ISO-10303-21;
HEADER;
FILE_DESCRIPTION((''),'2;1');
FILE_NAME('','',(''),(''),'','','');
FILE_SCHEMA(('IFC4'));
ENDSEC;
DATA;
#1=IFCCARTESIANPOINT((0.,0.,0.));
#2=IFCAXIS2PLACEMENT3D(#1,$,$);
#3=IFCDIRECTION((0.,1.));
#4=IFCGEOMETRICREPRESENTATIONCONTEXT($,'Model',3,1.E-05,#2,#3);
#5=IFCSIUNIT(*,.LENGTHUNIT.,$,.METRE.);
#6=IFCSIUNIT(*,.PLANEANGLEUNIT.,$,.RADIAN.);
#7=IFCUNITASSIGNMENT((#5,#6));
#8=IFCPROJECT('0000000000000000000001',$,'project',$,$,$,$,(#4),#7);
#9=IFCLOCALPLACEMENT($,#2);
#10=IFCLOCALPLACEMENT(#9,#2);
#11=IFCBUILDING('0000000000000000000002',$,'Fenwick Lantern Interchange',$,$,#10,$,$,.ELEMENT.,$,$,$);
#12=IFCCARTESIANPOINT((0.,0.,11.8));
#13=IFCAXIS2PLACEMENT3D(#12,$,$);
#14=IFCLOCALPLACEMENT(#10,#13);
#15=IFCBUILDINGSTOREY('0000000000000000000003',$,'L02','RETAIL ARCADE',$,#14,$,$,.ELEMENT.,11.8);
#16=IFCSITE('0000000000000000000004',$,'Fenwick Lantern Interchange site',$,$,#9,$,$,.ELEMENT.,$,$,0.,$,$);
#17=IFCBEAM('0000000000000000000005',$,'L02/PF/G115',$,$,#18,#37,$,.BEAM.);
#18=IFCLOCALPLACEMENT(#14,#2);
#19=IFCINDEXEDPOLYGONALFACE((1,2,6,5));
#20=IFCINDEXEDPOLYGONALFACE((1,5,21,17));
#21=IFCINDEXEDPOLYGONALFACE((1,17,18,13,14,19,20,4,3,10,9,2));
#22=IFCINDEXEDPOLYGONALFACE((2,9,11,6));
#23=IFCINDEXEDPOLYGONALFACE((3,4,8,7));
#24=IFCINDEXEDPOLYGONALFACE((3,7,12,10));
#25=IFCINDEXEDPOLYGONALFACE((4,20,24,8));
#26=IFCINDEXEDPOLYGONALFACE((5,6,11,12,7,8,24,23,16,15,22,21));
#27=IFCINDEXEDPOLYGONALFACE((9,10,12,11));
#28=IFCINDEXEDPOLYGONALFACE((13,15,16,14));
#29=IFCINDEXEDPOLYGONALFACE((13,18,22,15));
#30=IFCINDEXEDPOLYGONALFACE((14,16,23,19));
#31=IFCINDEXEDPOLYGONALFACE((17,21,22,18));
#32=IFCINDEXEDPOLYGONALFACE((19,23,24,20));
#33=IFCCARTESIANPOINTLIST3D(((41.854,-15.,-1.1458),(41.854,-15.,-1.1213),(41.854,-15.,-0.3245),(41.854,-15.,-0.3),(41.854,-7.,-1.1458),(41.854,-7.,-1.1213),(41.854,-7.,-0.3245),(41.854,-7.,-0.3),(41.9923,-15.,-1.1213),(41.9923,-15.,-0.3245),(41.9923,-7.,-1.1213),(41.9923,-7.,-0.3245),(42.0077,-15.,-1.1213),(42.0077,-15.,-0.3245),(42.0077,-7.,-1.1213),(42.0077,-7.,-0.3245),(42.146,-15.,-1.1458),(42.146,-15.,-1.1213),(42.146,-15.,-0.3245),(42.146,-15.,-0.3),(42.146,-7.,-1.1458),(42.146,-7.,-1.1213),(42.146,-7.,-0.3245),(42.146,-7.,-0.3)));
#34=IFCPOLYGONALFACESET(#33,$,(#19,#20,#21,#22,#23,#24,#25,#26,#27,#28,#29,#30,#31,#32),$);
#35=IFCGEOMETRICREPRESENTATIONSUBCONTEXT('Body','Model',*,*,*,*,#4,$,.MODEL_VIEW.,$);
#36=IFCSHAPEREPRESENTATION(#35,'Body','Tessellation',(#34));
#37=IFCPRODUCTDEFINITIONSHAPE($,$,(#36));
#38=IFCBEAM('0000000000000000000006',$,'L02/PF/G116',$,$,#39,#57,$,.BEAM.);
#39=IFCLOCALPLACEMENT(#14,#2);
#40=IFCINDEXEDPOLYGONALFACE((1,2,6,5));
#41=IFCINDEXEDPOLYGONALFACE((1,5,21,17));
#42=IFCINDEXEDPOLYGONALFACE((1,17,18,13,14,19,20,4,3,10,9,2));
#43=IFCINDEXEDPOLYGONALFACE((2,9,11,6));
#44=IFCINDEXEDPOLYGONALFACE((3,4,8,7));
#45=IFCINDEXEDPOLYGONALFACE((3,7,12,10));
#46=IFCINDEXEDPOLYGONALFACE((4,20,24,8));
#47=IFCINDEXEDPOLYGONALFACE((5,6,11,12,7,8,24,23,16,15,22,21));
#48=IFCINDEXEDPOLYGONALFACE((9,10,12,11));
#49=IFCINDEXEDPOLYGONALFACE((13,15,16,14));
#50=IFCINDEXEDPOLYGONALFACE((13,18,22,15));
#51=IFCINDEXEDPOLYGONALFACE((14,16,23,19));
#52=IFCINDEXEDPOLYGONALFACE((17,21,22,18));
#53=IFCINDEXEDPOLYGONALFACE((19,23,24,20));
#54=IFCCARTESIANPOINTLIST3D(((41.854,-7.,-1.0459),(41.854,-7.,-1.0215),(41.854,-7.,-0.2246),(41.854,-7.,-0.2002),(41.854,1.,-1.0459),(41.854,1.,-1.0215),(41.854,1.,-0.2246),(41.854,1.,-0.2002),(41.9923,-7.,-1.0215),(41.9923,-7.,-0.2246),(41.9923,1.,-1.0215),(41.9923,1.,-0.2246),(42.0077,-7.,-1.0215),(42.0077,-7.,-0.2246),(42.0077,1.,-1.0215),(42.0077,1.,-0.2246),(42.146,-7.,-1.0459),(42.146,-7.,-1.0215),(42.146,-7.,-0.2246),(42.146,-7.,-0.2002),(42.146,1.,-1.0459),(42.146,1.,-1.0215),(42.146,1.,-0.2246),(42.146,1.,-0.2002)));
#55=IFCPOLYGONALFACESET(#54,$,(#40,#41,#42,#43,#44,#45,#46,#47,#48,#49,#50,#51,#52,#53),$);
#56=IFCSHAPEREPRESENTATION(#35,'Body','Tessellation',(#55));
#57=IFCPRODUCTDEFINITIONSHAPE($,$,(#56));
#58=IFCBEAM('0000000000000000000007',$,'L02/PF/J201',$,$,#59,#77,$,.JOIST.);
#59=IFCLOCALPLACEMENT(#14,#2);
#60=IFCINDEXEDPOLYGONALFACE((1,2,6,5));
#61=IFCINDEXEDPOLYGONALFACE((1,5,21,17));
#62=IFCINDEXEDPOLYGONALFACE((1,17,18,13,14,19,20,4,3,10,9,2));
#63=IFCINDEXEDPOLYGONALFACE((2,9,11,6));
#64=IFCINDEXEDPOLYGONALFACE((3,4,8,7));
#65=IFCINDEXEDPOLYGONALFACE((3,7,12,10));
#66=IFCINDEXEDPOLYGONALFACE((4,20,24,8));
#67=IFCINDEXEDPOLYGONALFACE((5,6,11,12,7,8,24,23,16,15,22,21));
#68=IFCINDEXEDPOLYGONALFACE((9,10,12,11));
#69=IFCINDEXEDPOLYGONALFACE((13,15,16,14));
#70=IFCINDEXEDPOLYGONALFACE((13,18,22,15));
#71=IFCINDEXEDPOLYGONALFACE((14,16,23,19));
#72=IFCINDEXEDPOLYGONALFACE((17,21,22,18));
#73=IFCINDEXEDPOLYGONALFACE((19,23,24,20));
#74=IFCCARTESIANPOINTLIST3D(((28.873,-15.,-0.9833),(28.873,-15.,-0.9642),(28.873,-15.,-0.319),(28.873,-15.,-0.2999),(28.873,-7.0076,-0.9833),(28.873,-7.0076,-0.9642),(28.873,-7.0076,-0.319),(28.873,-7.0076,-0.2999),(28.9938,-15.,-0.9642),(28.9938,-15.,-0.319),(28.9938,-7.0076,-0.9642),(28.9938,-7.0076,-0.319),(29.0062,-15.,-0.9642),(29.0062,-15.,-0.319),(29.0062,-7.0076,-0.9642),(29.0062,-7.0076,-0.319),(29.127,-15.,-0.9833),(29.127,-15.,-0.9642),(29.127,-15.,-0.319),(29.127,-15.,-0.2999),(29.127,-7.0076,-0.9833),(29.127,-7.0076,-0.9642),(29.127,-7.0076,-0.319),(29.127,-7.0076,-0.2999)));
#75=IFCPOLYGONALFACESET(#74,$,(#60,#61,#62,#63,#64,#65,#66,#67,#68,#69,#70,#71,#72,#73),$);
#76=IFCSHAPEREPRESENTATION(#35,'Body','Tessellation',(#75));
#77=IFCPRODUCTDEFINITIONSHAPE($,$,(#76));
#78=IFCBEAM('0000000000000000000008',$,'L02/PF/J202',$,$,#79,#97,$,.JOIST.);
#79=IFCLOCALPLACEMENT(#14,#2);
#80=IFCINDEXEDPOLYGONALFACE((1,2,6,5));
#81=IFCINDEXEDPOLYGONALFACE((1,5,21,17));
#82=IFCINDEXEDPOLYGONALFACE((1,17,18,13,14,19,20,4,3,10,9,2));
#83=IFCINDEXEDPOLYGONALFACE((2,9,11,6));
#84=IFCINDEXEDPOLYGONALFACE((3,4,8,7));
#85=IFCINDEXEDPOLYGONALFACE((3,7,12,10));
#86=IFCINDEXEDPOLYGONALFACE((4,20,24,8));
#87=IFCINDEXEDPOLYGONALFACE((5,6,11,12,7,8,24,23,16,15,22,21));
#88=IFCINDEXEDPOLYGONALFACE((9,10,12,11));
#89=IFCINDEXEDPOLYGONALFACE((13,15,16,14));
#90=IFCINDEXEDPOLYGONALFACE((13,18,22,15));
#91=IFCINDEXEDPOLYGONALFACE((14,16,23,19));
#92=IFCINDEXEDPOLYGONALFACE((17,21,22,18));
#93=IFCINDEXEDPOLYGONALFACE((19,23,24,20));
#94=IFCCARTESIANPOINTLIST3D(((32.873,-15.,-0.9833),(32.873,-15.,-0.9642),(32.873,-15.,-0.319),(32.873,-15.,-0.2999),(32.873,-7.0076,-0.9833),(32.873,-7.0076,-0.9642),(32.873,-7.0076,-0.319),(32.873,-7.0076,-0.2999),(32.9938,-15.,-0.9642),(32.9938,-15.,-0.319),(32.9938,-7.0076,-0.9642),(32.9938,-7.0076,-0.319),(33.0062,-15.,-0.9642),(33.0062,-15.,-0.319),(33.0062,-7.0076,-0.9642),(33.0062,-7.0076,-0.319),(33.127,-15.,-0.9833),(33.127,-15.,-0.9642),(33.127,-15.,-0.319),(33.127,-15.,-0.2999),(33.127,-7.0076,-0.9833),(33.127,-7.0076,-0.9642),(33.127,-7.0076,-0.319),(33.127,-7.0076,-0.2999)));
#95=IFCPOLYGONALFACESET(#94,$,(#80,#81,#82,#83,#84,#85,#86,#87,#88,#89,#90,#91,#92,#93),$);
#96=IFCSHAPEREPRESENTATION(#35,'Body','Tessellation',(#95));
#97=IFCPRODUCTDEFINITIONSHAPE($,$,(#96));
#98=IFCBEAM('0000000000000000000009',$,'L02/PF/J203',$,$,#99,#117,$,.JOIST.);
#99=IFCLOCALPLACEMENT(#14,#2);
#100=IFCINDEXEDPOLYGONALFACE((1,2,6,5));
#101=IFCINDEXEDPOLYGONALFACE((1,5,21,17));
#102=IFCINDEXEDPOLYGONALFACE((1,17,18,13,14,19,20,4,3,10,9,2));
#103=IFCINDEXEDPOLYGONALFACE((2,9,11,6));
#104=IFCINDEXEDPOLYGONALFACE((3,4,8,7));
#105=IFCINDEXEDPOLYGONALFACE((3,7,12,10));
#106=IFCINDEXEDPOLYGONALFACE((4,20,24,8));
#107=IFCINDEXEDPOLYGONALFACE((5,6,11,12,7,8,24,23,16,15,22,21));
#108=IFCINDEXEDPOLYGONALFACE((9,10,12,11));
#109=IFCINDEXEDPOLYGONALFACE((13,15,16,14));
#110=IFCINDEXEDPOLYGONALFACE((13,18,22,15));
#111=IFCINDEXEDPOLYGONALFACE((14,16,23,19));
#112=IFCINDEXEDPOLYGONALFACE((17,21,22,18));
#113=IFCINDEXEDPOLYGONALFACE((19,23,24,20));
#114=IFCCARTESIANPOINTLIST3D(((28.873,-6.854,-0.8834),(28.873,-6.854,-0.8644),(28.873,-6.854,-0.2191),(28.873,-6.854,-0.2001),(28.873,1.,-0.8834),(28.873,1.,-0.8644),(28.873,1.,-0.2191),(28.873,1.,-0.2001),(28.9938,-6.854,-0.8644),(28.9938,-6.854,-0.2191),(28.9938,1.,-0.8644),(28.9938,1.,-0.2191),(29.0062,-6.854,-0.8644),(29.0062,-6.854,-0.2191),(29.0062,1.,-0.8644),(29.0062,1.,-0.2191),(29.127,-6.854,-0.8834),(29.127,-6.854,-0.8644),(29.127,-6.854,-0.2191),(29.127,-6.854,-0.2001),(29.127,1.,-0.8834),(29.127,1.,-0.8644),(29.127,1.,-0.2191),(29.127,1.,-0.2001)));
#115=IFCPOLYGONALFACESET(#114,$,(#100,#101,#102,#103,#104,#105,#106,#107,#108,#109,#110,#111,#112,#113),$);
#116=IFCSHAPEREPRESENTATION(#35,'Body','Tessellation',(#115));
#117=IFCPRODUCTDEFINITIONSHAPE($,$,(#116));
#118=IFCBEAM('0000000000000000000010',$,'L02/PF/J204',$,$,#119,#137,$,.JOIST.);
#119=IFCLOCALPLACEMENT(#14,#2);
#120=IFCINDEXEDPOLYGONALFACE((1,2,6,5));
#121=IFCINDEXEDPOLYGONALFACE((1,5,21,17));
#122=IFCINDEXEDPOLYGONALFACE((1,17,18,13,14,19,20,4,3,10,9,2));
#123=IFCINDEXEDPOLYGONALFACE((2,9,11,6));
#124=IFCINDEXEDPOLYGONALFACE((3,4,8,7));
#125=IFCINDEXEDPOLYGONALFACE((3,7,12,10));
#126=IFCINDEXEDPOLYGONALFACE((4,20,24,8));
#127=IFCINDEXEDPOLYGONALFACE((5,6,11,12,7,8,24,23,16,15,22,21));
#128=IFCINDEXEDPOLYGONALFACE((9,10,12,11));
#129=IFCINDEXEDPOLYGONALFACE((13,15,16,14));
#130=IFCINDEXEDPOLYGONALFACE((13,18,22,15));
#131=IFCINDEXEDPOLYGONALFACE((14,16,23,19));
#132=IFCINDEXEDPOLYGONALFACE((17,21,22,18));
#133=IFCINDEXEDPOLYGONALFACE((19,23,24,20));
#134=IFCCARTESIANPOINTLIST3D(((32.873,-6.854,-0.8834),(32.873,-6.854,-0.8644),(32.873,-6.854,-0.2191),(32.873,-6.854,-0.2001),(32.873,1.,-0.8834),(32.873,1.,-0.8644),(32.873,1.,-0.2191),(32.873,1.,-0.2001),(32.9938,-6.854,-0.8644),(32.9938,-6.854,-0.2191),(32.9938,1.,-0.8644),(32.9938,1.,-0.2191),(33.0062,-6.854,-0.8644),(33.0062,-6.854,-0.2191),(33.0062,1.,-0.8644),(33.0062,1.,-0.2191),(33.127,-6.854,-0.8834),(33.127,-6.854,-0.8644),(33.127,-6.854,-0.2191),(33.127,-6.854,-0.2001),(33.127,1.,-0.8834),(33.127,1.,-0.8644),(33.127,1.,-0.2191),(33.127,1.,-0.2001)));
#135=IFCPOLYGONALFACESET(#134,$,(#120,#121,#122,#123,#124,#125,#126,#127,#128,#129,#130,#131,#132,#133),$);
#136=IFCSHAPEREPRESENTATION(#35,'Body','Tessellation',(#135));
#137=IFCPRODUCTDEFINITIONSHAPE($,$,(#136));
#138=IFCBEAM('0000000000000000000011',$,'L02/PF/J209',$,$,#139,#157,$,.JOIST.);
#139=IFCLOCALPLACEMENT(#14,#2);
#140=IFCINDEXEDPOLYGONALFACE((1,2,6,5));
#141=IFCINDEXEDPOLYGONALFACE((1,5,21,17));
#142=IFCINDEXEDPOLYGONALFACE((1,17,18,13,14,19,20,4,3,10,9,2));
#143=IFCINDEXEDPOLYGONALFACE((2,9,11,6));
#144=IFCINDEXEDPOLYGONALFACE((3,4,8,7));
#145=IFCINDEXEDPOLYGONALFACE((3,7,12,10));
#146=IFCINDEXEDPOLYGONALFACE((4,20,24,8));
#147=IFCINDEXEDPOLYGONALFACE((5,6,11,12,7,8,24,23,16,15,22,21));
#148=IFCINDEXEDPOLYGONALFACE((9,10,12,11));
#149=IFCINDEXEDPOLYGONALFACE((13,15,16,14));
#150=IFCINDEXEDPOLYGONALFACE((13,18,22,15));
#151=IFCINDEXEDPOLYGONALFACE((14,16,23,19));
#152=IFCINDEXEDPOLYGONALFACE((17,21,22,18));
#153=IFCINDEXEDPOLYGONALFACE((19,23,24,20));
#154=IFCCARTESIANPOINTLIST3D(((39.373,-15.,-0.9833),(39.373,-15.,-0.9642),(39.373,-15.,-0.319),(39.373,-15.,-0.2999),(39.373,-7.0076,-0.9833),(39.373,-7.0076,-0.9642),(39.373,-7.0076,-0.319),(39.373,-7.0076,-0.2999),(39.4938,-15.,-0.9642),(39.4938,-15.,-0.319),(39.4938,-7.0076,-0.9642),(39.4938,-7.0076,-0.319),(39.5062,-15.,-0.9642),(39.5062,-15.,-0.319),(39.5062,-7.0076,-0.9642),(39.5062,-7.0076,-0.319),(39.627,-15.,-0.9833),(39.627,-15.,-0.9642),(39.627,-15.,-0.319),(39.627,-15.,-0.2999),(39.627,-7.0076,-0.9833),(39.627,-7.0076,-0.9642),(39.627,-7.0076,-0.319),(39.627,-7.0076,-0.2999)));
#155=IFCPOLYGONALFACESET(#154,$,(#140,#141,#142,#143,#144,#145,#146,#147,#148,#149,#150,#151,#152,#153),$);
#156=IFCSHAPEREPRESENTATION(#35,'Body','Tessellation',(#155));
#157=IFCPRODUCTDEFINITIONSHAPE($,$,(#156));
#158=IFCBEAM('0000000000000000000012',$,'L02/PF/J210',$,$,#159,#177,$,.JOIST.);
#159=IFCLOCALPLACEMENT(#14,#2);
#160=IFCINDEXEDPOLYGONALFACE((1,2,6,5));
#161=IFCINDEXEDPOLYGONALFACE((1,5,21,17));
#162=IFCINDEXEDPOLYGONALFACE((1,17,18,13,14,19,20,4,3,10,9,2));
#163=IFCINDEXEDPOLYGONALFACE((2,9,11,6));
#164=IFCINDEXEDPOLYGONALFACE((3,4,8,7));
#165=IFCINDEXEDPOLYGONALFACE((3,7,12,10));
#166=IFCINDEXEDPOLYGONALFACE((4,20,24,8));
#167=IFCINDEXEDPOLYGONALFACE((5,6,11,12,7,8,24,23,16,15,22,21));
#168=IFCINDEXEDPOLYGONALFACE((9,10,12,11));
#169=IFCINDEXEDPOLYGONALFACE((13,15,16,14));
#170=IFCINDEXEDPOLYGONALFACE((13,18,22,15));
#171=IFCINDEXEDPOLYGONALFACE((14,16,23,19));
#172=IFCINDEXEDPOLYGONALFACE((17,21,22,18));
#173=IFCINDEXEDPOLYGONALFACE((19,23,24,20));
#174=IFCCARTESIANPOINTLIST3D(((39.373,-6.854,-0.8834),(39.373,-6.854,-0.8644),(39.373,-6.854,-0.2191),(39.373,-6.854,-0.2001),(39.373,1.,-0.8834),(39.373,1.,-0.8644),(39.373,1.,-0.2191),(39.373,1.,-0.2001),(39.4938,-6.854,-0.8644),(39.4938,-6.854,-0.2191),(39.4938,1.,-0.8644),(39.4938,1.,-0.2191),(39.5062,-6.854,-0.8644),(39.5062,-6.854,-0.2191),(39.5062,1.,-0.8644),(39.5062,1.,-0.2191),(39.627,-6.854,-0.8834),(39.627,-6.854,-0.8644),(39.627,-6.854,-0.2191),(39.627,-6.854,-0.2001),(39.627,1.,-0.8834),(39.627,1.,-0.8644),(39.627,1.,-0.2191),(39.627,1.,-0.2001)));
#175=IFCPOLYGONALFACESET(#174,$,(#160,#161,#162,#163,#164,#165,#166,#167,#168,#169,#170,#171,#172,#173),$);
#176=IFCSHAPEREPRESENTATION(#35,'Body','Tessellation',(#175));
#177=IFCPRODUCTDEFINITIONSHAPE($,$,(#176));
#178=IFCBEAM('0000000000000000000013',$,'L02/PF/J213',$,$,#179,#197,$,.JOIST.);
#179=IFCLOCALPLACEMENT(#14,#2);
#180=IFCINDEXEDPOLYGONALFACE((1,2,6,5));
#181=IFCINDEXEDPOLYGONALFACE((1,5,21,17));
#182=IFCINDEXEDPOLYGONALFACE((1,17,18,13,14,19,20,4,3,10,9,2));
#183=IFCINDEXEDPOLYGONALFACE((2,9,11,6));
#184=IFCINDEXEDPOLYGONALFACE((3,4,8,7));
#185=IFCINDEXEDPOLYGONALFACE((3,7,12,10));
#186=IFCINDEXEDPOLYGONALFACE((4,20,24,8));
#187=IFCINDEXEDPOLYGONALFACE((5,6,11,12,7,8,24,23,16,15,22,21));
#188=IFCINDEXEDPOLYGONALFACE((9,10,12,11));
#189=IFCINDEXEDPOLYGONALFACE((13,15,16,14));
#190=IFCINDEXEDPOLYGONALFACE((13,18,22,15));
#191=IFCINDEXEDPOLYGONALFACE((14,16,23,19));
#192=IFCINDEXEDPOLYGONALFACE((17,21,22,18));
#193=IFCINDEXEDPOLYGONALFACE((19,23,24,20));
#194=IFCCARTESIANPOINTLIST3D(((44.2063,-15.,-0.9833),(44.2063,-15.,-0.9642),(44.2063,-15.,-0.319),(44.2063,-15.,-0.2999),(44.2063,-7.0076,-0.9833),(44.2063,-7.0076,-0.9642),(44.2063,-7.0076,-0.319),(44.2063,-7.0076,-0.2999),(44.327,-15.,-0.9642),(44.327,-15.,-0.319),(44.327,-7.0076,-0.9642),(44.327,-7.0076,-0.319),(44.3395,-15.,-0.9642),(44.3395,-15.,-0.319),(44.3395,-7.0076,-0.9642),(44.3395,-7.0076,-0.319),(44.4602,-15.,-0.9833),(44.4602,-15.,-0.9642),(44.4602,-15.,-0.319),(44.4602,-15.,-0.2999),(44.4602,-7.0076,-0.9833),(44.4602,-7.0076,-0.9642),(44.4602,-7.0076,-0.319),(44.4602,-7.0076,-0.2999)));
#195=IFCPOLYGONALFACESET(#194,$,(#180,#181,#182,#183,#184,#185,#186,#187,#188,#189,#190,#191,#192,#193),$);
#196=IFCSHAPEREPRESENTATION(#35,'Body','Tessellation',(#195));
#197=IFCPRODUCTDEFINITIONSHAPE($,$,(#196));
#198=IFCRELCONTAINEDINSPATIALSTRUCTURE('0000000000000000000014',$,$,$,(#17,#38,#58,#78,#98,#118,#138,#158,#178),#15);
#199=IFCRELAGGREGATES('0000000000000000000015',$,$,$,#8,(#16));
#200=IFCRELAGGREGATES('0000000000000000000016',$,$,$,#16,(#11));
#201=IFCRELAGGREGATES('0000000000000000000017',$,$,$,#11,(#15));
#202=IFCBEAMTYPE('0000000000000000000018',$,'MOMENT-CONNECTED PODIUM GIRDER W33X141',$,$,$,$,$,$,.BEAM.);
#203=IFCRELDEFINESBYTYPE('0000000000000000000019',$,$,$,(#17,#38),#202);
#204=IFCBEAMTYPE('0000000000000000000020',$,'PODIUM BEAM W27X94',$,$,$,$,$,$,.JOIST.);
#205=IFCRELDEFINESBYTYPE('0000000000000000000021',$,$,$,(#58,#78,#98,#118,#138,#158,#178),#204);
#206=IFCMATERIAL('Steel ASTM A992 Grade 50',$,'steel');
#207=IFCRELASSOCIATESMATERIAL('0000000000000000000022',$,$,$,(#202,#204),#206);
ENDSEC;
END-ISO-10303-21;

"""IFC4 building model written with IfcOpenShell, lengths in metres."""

from ifc_helpers import new_model, si_unit, direction, frame, origin, origin_2d, place, context, subcontext, project, spatial, i_section, extrude, material, material_profile, profile_set, type_object, element, save


model = new_model("IFC4")

# Units and contexts
model_context = context("Model", 3, precision=1e-05, world=origin(), true_north=direction((0.0, 1.0)))
body_context = subcontext(model_context, "Body", "Model", "MODEL_VIEW")
ifc_project = project(units=[si_unit("LENGTHUNIT", "METRE"), si_unit("PLANEANGLEUNIT", "RADIAN")], contexts=[model_context])

# Site, building, storey
site_placement = place(None, origin())
site = spatial("IfcSite", under=ifc_project, at=site_placement, Name="Fenwick Lantern Interchange site", CompositionType="ELEMENT", RefElevation=0.0)
building_placement = place(site_placement, origin())
building = spatial("IfcBuilding", under=site, at=building_placement, Name="Fenwick Lantern Interchange", CompositionType="ELEMENT")
storey_placement = place(building_placement, frame((0.0, 0.0, 11.8)))
storey = spatial("IfcBuildingStorey", under=building, at=storey_placement, Name="L02", Description="RETAIL ARCADE", CompositionType="ELEMENT", Elevation=11.8)

# Shared definitions
ifc_material_1 = material(Name="Steel ASTM A992 Grade 50", Category="steel")

# Beams
ifc_material_profile_1 = material_profile(ifc_material_1, i_section(OverallWidth=0.292, OverallDepth=0.8457, WebThickness=0.0154, FlangeThickness=0.0244, at=origin_2d()), Name="W33X141")
ifc_profile_set_1 = profile_set([ifc_material_profile_1], Name="Steel ASTM A992 Grade 50")
beam_type_1 = type_object("IfcBeamType", Name="MOMENT-CONNECTED PODIUM GIRDER W33X141", PredefinedType="BEAM", material=ifc_profile_set_1)
for number, where, z_axis, x_axis, name in (
    (1, (42.0, -15.0, -0.7229), (0.0, 1.0, 0.0), (-1.0, 0.0, 0.0), "L02/PF/G115"),
    (2, (42.0, -7.0, -0.623), (0.0, 1.0, 0.0), (-1.0, 0.0, 0.0), "L02/PF/G116"),
):
    element("IfcBeam", number, at=place(storey_placement, frame(where, z_axis=z_axis, x_axis=x_axis)), inside=storey, type_object=beam_type_1, Name=name, PredefinedType="BEAM", context=body_context, shape_type="SweptSolid", body=[
        extrude(i_section(OverallWidth=0.292, OverallDepth=0.8457, WebThickness=0.0154, FlangeThickness=0.0244, at=origin_2d()), origin(), (0.0, 0.0, 1.0), 8.0),
    ])
ifc_material_profile_2 = material_profile(ifc_material_1, i_section(OverallWidth=0.2539, OverallDepth=0.6833, WebThickness=0.0125, FlangeThickness=0.019, at=origin_2d()), Name="W27X94")
ifc_profile_set_2 = profile_set([ifc_material_profile_2], Name="Steel ASTM A992 Grade 50")
beam_type_2 = type_object("IfcBeamType", Name="PODIUM BEAM W27X94", PredefinedType="JOIST", material=ifc_profile_set_2)
for number, where, z_axis, x_axis, name in (
    (3, (29.0, -15.0, -0.6416), (0.0, 1.0, 0.0), (-1.0, 0.0, 0.0), "L02/PF/J201"),
    (4, (33.0, -15.0, -0.6416), (0.0, 1.0, 0.0), (-1.0, 0.0, 0.0), "L02/PF/J202"),
):
    element("IfcBeam", number, at=place(storey_placement, frame(where, z_axis=z_axis, x_axis=x_axis)), inside=storey, type_object=beam_type_2, Name=name, PredefinedType="JOIST", context=body_context, shape_type="SweptSolid", body=[
        extrude(i_section(OverallWidth=0.2539, OverallDepth=0.6833, WebThickness=0.0125, FlangeThickness=0.019, at=origin_2d()), origin(), (0.0, 0.0, 1.0), 7.9924),
    ])
for number, where, z_axis, x_axis, name in (
    (5, (29.0, -6.854, -0.5417), (0.0, 1.0, 0.0), (-1.0, 0.0, 0.0), "L02/PF/J203"),
    (6, (33.0, -6.854, -0.5417), (0.0, 1.0, 0.0), (-1.0, 0.0, 0.0), "L02/PF/J204"),
):
    element("IfcBeam", number, at=place(storey_placement, frame(where, z_axis=z_axis, x_axis=x_axis)), inside=storey, type_object=beam_type_2, Name=name, PredefinedType="JOIST", context=body_context, shape_type="SweptSolid", body=[
        extrude(i_section(OverallWidth=0.2539, OverallDepth=0.6833, WebThickness=0.0125, FlangeThickness=0.019, at=origin_2d()), origin(), (0.0, 0.0, 1.0), 7.854),
    ])
beam_1_placement = place(storey_placement, frame((39.5, -15.0, -0.6416), z_axis=(0.0, 1.0, 0.0), x_axis=(-1.0, 0.0, 0.0)))
element("IfcBeam", 7, at=beam_1_placement, inside=storey, type_object=beam_type_2, Name="L02/PF/J209", PredefinedType="JOIST", context=body_context, shape_type="SweptSolid", body=[
    extrude(i_section(OverallWidth=0.2539, OverallDepth=0.6833, WebThickness=0.0125, FlangeThickness=0.019, at=origin_2d()), origin(), (0.0, 0.0, 1.0), 7.9924),
])
beam_2_placement = place(storey_placement, frame((39.5, -6.854, -0.5417), z_axis=(0.0, 1.0, 0.0), x_axis=(-1.0, 0.0, 0.0)))
element("IfcBeam", 8, at=beam_2_placement, inside=storey, type_object=beam_type_2, Name="L02/PF/J210", PredefinedType="JOIST", context=body_context, shape_type="SweptSolid", body=[
    extrude(i_section(OverallWidth=0.2539, OverallDepth=0.6833, WebThickness=0.0125, FlangeThickness=0.019, at=origin_2d()), origin(), (0.0, 0.0, 1.0), 7.854),
])
beam_3_placement = place(storey_placement, frame((44.3333, -15.0, -0.6416), z_axis=(0.0, 1.0, 0.0), x_axis=(-1.0, 0.0, 0.0)))
element("IfcBeam", 9, at=beam_3_placement, inside=storey, type_object=beam_type_2, Name="L02/PF/J213", PredefinedType="JOIST", context=body_context, shape_type="SweptSolid", body=[
    extrude(i_section(OverallWidth=0.2539, OverallDepth=0.6833, WebThickness=0.0125, FlangeThickness=0.019, at=origin_2d()), origin(), (0.0, 0.0, 1.0), 7.9924),
])

save(model, "model.ifc")
